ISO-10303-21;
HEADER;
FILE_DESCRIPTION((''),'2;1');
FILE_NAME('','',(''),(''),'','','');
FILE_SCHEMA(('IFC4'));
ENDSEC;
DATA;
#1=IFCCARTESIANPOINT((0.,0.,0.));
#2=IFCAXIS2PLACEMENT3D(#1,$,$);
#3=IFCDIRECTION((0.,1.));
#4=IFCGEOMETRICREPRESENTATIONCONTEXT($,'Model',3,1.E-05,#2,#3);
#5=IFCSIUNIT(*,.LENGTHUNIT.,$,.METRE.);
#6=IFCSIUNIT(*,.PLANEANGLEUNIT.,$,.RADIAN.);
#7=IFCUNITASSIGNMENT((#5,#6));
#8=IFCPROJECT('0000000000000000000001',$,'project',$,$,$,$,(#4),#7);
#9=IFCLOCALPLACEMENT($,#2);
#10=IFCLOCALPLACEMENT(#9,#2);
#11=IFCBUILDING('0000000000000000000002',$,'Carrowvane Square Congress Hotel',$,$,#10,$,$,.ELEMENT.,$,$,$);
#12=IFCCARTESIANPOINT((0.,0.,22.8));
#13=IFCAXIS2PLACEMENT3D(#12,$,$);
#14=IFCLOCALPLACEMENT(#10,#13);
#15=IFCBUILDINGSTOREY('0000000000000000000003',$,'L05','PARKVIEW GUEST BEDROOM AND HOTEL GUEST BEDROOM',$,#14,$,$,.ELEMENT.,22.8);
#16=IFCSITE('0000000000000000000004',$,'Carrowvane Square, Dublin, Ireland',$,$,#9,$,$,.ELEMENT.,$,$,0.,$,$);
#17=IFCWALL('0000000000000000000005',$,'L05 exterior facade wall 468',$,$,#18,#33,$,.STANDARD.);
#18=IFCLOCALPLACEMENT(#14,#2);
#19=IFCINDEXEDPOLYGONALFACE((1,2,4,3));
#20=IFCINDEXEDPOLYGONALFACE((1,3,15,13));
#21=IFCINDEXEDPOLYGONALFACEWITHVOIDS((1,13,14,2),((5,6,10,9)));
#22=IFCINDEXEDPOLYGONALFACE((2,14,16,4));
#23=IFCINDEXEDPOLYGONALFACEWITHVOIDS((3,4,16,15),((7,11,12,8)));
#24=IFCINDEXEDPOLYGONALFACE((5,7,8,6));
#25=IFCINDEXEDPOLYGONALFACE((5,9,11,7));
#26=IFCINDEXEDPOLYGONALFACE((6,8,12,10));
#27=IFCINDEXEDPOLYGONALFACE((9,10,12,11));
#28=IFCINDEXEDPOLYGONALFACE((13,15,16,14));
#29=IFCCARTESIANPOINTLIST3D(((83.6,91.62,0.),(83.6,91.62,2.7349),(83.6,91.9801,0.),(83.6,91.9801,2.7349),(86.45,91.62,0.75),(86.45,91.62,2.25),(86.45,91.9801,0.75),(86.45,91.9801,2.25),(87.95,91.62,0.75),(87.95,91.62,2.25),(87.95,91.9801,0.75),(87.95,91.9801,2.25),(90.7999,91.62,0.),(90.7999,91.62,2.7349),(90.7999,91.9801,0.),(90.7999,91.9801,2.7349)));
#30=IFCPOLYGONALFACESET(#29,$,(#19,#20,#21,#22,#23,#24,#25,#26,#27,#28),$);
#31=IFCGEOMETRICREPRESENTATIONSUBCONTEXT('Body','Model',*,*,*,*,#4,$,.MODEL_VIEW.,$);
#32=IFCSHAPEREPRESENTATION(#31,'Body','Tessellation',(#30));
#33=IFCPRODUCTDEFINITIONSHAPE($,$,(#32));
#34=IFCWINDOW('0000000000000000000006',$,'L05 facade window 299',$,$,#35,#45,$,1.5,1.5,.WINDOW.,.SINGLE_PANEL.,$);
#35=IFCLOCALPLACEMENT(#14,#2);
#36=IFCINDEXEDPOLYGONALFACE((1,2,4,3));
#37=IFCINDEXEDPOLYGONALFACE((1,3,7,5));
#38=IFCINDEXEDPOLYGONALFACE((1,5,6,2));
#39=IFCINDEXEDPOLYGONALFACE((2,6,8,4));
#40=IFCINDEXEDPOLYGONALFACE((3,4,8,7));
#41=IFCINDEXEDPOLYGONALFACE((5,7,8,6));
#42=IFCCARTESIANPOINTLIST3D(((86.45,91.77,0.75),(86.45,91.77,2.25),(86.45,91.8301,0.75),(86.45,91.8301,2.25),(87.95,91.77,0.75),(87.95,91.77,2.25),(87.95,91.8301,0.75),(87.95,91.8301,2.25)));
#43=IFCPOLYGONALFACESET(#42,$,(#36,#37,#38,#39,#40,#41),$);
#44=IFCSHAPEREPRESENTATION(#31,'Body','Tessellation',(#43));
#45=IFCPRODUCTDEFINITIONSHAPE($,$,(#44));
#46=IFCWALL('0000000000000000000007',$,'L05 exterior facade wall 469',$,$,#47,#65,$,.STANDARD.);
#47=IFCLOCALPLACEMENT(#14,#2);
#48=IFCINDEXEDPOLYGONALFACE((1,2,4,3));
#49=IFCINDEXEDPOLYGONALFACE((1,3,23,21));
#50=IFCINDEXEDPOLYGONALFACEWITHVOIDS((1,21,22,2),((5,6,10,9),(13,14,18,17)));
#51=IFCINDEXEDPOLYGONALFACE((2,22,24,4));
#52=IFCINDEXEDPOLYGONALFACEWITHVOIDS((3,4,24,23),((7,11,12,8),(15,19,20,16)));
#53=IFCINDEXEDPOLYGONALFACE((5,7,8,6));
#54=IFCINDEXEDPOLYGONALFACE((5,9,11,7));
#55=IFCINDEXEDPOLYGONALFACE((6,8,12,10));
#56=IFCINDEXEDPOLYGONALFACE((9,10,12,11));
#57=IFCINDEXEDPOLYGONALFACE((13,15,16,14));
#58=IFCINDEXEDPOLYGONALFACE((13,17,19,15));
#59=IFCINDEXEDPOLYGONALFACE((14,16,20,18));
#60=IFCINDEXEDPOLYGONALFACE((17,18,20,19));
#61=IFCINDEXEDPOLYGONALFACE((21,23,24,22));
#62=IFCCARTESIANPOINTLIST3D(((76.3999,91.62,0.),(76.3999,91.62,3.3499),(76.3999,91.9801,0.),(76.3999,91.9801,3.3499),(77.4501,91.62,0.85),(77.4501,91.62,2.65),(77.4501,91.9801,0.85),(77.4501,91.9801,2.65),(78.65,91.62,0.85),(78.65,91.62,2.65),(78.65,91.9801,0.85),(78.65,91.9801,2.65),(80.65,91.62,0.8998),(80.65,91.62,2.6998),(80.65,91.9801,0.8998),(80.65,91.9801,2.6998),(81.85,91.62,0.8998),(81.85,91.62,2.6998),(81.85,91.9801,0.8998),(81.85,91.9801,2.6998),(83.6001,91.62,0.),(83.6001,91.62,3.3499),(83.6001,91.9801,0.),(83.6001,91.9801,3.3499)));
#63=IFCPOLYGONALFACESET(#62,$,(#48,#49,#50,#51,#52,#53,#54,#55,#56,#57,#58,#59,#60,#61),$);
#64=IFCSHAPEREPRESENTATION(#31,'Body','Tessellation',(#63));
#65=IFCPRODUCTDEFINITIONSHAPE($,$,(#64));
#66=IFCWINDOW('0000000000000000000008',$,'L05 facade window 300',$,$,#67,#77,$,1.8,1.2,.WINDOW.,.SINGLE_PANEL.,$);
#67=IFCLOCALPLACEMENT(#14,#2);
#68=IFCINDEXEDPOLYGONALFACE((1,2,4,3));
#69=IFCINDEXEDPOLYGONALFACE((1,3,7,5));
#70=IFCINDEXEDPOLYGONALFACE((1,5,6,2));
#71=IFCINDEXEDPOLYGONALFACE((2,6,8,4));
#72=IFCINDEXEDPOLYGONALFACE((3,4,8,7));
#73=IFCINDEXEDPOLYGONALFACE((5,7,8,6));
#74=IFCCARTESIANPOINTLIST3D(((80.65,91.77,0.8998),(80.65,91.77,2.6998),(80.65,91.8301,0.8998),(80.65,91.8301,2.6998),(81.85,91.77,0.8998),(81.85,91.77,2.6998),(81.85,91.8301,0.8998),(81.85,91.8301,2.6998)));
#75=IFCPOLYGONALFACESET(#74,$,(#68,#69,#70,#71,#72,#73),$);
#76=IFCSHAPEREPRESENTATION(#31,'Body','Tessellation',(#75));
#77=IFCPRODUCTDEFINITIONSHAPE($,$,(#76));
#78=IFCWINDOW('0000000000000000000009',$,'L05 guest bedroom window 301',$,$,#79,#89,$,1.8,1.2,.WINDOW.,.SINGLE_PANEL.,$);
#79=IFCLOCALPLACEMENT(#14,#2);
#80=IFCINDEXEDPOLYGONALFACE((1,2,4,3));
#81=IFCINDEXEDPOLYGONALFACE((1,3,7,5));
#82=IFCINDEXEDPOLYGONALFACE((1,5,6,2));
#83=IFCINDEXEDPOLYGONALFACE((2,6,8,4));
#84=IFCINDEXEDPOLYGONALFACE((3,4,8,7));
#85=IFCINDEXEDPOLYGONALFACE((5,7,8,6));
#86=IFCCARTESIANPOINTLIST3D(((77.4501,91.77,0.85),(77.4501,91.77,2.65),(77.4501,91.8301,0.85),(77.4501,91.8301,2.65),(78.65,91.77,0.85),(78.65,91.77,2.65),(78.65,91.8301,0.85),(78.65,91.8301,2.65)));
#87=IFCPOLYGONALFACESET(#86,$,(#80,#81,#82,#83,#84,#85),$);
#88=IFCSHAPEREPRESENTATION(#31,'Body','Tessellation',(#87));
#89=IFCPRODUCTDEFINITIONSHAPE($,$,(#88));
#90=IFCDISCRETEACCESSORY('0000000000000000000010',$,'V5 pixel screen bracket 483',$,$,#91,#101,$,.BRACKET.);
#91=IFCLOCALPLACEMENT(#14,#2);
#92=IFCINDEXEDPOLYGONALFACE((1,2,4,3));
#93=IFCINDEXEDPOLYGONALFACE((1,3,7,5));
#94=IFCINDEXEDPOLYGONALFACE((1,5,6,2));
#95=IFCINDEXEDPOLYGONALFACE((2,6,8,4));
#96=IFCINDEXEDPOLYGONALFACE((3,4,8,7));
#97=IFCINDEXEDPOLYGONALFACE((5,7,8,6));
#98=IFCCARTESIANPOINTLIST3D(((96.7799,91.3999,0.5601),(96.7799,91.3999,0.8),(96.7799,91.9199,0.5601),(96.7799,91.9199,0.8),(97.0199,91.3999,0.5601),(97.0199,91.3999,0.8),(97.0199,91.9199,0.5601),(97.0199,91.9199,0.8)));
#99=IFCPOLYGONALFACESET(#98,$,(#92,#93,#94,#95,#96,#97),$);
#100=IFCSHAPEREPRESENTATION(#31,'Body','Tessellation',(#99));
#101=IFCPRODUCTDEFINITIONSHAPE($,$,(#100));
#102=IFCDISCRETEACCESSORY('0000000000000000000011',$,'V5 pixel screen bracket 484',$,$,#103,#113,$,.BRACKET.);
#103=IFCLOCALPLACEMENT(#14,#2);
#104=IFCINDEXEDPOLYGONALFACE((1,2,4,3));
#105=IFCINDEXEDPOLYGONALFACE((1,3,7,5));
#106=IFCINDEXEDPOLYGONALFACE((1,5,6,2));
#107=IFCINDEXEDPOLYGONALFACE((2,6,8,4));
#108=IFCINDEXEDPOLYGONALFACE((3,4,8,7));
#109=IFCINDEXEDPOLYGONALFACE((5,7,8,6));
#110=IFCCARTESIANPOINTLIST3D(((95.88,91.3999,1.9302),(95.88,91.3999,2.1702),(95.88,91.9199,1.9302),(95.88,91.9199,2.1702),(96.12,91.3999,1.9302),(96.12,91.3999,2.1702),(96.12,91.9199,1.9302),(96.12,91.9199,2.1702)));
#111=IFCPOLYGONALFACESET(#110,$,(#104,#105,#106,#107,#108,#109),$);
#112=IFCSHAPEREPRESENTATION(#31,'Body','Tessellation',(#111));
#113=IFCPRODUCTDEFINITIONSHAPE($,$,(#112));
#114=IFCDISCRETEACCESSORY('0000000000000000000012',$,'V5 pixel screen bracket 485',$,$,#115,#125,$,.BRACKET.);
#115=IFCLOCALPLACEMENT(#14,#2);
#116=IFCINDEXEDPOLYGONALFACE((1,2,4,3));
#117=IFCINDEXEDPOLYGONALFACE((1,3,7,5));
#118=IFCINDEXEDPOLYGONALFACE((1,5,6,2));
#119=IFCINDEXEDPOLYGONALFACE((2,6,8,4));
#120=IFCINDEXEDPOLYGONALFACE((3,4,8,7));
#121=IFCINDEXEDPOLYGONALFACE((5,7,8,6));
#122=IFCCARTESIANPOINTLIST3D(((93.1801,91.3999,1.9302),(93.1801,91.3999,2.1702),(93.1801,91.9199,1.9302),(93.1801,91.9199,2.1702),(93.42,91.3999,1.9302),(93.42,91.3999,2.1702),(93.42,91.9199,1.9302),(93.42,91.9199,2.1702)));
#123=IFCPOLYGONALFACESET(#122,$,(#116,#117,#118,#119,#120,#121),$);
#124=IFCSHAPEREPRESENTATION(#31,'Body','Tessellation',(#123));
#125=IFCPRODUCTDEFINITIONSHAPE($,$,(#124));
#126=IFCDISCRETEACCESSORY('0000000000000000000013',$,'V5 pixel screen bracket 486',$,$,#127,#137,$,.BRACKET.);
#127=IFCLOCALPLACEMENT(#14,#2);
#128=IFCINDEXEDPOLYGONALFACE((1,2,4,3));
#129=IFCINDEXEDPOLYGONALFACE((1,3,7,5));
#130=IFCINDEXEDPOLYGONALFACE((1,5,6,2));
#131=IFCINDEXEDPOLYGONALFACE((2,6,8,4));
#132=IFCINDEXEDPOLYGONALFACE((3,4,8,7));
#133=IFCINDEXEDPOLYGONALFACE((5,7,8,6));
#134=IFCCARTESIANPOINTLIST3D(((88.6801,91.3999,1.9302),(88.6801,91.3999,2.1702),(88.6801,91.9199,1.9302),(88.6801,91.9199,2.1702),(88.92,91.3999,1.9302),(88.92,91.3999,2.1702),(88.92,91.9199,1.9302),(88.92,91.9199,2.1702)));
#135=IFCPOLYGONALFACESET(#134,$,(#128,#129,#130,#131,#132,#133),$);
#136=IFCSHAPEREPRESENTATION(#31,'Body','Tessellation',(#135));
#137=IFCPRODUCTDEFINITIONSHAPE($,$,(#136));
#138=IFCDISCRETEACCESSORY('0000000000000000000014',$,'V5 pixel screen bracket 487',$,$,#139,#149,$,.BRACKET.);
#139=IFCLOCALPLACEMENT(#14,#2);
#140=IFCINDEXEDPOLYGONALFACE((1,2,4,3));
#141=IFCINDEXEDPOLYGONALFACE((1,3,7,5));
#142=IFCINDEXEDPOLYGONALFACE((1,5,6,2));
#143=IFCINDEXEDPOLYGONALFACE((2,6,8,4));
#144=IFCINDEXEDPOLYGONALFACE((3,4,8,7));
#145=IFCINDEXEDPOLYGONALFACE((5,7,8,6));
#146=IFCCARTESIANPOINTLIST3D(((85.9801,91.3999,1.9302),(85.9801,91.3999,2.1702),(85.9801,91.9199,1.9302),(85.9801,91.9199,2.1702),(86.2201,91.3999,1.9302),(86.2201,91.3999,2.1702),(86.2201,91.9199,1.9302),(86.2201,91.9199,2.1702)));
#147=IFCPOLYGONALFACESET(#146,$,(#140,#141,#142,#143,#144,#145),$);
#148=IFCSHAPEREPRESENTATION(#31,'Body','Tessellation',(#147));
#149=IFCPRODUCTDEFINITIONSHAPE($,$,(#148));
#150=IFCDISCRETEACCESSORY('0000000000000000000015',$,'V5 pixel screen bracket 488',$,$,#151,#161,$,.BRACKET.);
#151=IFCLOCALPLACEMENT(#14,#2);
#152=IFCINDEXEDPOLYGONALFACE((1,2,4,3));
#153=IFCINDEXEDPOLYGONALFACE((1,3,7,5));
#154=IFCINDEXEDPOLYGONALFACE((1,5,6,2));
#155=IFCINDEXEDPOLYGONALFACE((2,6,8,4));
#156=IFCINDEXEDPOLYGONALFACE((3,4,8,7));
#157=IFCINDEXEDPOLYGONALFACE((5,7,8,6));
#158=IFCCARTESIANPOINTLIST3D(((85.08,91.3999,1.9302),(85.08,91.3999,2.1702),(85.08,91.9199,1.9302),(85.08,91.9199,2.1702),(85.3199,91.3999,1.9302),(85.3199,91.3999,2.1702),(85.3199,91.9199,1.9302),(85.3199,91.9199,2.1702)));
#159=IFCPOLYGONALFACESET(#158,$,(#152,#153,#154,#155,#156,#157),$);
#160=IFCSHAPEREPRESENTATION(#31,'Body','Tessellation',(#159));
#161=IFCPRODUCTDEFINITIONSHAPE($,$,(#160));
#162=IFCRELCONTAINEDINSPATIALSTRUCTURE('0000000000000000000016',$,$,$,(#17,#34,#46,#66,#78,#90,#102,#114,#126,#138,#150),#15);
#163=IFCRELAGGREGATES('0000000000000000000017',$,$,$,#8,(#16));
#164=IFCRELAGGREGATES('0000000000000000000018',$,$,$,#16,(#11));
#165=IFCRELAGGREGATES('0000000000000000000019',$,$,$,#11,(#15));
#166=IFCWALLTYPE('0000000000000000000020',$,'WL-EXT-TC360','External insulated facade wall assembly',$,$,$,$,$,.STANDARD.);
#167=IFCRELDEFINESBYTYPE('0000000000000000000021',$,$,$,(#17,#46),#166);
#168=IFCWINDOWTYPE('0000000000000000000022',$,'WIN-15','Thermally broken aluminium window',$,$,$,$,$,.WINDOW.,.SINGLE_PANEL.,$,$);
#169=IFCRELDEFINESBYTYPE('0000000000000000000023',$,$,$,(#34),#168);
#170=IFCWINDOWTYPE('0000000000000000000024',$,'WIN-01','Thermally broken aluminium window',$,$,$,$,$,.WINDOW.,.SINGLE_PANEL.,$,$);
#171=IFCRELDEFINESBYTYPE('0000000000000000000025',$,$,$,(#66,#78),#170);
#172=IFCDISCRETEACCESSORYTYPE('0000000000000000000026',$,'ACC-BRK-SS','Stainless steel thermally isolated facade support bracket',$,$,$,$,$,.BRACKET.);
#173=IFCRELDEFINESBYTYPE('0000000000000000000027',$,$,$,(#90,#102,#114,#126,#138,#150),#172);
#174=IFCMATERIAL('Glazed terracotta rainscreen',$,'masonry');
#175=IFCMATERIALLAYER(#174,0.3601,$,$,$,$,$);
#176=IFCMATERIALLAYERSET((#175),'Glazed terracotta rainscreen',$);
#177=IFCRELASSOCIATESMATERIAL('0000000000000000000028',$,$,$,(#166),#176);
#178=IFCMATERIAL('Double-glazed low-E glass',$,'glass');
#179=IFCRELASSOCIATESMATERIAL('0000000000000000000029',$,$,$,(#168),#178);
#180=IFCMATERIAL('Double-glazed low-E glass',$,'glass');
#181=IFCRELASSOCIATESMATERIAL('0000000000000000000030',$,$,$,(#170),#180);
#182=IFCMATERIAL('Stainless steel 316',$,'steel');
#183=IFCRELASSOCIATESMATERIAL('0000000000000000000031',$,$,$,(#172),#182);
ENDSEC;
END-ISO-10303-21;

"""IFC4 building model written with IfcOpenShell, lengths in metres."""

from ifc_helpers import new_model, si_unit, direction, frame, frame_2d, origin, origin_2d, place, context, subcontext, project, spatial, rectangle, extrude, material, layer, layer_set, type_object, element, fill, save


model = new_model("IFC4")

# Units and contexts
model_context = context("Model", 3, precision=1e-05, world=origin(), true_north=direction((0.0, 1.0)))
body_context = subcontext(model_context, "Body", "Model", "MODEL_VIEW")
ifc_project = project(units=[si_unit("LENGTHUNIT", "METRE"), si_unit("PLANEANGLEUNIT", "RADIAN")], contexts=[model_context])

# Site, building, storey
site_placement = place(None, origin())
site = spatial("IfcSite", under=ifc_project, at=site_placement, Name="Carrowvane Square, Dublin, Ireland", CompositionType="ELEMENT", RefElevation=0.0)
building_placement = place(site_placement, origin())
building = spatial("IfcBuilding", under=site, at=building_placement, Name="Carrowvane Square Congress Hotel", CompositionType="ELEMENT")
storey_placement = place(building_placement, frame((0.0, 0.0, 22.8)))
storey = spatial("IfcBuildingStorey", under=building, at=storey_placement, Name="L05", Description="PARKVIEW GUEST BEDROOM AND HOTEL GUEST BEDROOM", CompositionType="ELEMENT", Elevation=22.8)

# Wall, opening, window
ifc_material_1 = material(Name="Glazed terracotta rainscreen", Category="masonry")
ifc_layer_1 = layer(ifc_material_1, 0.3601)
ifc_layer_set_1 = layer_set([ifc_layer_1], Name="Glazed terracotta rainscreen")
wall_type = type_object("IfcWallType", Name="WL-EXT-TC360", Description="External insulated facade wall assembly", PredefinedType="STANDARD", material=ifc_layer_set_1)
ifc_material_2 = material(Name="Double-glazed low-E glass", Category="glass")
window_type_1 = type_object("IfcWindowType", Name="WIN-15", Description="Thermally broken aluminium window", PartitioningType="SINGLE_PANEL", PredefinedType="WINDOW", material=ifc_material_2)
wall_1_placement = place(storey_placement, frame((90.8, 91.8, 0.0), z_axis=(0.0, 0.0, 1.0), x_axis=(-1.0, 0.0, 0.0)))
wall_1 = element("IfcWall", 1, at=wall_1_placement, inside=storey, type_object=wall_type, Name="L05 exterior facade wall 468", PredefinedType="STANDARD", context=body_context, shape_type="SweptSolid", body=[
    extrude(rectangle(XDim=7.2, YDim=0.3601, at=frame_2d((3.6001, 0.0))), origin(), (0.0, 0.0, 1.0), 2.7349),
])
opening_1_placement = place(wall_1_placement, frame((2.8501, 0.0, 0.75)))
opening_1 = element("IfcOpeningElement", 2, at=opening_1_placement, cuts=wall_1, PredefinedType="OPENING", context=body_context, shape_type="SweptSolid", body=[
    extrude(rectangle(XDim=1.5, YDim=1.5, at=frame_2d((0.75, 0.75))), frame((0.0, 0.1899, 0.0), z_axis=(0.0, -1.0, 0.0), x_axis=(1.0, 0.0, 0.0)), (0.0, 0.0, 1.0), 0.3801),
])
window_1_placement = place(opening_1_placement, origin())
window_1 = element("IfcWindow", 3, at=window_1_placement, inside=storey, type_object=window_type_1, Name="L05 facade window 299", OverallHeight=1.5, OverallWidth=1.5, PartitioningType="SINGLE_PANEL", PredefinedType="WINDOW", context=body_context, shape_type="SweptSolid", body=[
    extrude(rectangle(XDim=1.5, YDim=1.5, at=frame_2d((0.75, 0.75))), frame((0.0, 0.03, 0.0), z_axis=(0.0, -1.0, 0.0), x_axis=(1.0, 0.0, 0.0)), (0.0, 0.0, 1.0), 0.0601),
])
fill(opening_1, window_1)

# Wall, openings, windows
wall_2_placement = place(storey_placement, frame((83.6001, 91.8, 0.0), z_axis=(0.0, 0.0, 1.0), x_axis=(-1.0, 0.0, 0.0)))
wall_2 = element("IfcWall", 4, at=wall_2_placement, inside=storey, type_object=wall_type, Name="L05 exterior facade wall 469", PredefinedType="STANDARD", context=body_context, shape_type="SweptSolid", body=[
    extrude(rectangle(XDim=7.2002, YDim=0.3601, at=frame_2d((3.6001, 0.0))), origin(), (0.0, 0.0, 1.0), 3.3499),
])
opening_2_placement = place(wall_2_placement, frame((1.75, 0.0, 0.8999)))
opening_2 = element("IfcOpeningElement", 5, at=opening_2_placement, cuts=wall_2, PredefinedType="OPENING", context=body_context, shape_type="SweptSolid", body=[
    extrude(rectangle(XDim=1.2, YDim=1.8, at=frame_2d((0.6001, 0.8999))), frame((0.0, 0.1899, 0.0), z_axis=(0.0, -1.0, 0.0), x_axis=(1.0, 0.0, 0.0)), (0.0, 0.0, 1.0), 0.3801),
])
opening_3_placement = place(wall_2_placement, frame((4.95, 0.0, 0.8501)))
opening_3 = element("IfcOpeningElement", 6, at=opening_3_placement, cuts=wall_2, PredefinedType="OPENING", context=body_context, shape_type="SweptSolid", body=[
    extrude(rectangle(XDim=1.2, YDim=1.8, at=frame_2d((0.6001, 0.8999))), frame((0.0, 0.1899, 0.0), z_axis=(0.0, -1.0, 0.0), x_axis=(1.0, 0.0, 0.0)), (0.0, 0.0, 1.0), 0.3801),
])
ifc_material_3 = material(Name="Double-glazed low-E glass", Category="glass")
window_type_2 = type_object("IfcWindowType", Name="WIN-01", Description="Thermally broken aluminium window", PartitioningType="SINGLE_PANEL", PredefinedType="WINDOW", material=ifc_material_3)
window_2_placement = place(opening_2_placement, origin())
window_2 = element("IfcWindow", 7, at=window_2_placement, inside=storey, type_object=window_type_2, Name="L05 facade window 300", OverallHeight=1.8, OverallWidth=1.2, PartitioningType="SINGLE_PANEL", PredefinedType="WINDOW", context=body_context, shape_type="SweptSolid", body=[
    extrude(rectangle(XDim=1.2, YDim=1.8, at=frame_2d((0.6001, 0.8999))), frame((0.0, 0.03, 0.0), z_axis=(0.0, -1.0, 0.0), x_axis=(1.0, 0.0, 0.0)), (0.0, 0.0, 1.0), 0.0601),
])
fill(opening_2, window_2)
window_3_placement = place(opening_3_placement, origin())
window_3 = element("IfcWindow", 8, at=window_3_placement, inside=storey, type_object=window_type_2, Name="L05 guest bedroom window 301", OverallHeight=1.8, OverallWidth=1.2, PartitioningType="SINGLE_PANEL", PredefinedType="WINDOW", context=body_context, shape_type="SweptSolid", body=[
    extrude(rectangle(XDim=1.2, YDim=1.8, at=frame_2d((0.6001, 0.8999))), frame((0.0, 0.03, 0.0), z_axis=(0.0, -1.0, 0.0), x_axis=(1.0, 0.0, 0.0)), (0.0, 0.0, 1.0), 0.0601),
])
fill(opening_3, window_3)

# Discrete accessories
ifc_material_4 = material(Name="Stainless steel 316", Category="steel")
discrete_accessory_type = type_object("IfcDiscreteAccessoryType", Name="ACC-BRK-SS", Description="Stainless steel thermally isolated facade support bracket", PredefinedType="BRACKET", material=ifc_material_4)
for number, where, z_axis, x_axis, name in (
    (9, (96.8999, 91.6599, 0.5601), (0.0, 0.0, 1.0), (-1.0, 0.0, 0.0), "V5 pixel screen bracket 483"),
    (10, (96.0, 91.6599, 1.9302), (0.0, 0.0, 1.0), (-1.0, 0.0, 0.0), "V5 pixel screen bracket 484"),
    (11, (93.3, 91.6599, 1.9302), (0.0, 0.0, 1.0), (-1.0, 0.0, 0.0), "V5 pixel screen bracket 485"),
    (12, (88.8, 91.6599, 1.9302), (0.0, 0.0, 1.0), (-1.0, 0.0, 0.0), "V5 pixel screen bracket 486"),
    (13, (86.1001, 91.6599, 1.9302), (0.0, 0.0, 1.0), (-1.0, 0.0, 0.0), "V5 pixel screen bracket 487"),
    (14, (85.2, 91.6599, 1.9302), (0.0, 0.0, 1.0), (-1.0, 0.0, 0.0), "V5 pixel screen bracket 488"),
):
    element("IfcDiscreteAccessory", number, at=place(storey_placement, frame(where, z_axis=z_axis, x_axis=x_axis)), inside=storey, type_object=discrete_accessory_type, Name=name, PredefinedType="BRACKET", context=body_context, shape_type="SweptSolid", body=[
        extrude(rectangle(XDim=0.24, YDim=0.52, at=origin_2d()), origin(), (0.0, 0.0, 1.0), 0.24),
    ])

save(model, "model.ifc")
